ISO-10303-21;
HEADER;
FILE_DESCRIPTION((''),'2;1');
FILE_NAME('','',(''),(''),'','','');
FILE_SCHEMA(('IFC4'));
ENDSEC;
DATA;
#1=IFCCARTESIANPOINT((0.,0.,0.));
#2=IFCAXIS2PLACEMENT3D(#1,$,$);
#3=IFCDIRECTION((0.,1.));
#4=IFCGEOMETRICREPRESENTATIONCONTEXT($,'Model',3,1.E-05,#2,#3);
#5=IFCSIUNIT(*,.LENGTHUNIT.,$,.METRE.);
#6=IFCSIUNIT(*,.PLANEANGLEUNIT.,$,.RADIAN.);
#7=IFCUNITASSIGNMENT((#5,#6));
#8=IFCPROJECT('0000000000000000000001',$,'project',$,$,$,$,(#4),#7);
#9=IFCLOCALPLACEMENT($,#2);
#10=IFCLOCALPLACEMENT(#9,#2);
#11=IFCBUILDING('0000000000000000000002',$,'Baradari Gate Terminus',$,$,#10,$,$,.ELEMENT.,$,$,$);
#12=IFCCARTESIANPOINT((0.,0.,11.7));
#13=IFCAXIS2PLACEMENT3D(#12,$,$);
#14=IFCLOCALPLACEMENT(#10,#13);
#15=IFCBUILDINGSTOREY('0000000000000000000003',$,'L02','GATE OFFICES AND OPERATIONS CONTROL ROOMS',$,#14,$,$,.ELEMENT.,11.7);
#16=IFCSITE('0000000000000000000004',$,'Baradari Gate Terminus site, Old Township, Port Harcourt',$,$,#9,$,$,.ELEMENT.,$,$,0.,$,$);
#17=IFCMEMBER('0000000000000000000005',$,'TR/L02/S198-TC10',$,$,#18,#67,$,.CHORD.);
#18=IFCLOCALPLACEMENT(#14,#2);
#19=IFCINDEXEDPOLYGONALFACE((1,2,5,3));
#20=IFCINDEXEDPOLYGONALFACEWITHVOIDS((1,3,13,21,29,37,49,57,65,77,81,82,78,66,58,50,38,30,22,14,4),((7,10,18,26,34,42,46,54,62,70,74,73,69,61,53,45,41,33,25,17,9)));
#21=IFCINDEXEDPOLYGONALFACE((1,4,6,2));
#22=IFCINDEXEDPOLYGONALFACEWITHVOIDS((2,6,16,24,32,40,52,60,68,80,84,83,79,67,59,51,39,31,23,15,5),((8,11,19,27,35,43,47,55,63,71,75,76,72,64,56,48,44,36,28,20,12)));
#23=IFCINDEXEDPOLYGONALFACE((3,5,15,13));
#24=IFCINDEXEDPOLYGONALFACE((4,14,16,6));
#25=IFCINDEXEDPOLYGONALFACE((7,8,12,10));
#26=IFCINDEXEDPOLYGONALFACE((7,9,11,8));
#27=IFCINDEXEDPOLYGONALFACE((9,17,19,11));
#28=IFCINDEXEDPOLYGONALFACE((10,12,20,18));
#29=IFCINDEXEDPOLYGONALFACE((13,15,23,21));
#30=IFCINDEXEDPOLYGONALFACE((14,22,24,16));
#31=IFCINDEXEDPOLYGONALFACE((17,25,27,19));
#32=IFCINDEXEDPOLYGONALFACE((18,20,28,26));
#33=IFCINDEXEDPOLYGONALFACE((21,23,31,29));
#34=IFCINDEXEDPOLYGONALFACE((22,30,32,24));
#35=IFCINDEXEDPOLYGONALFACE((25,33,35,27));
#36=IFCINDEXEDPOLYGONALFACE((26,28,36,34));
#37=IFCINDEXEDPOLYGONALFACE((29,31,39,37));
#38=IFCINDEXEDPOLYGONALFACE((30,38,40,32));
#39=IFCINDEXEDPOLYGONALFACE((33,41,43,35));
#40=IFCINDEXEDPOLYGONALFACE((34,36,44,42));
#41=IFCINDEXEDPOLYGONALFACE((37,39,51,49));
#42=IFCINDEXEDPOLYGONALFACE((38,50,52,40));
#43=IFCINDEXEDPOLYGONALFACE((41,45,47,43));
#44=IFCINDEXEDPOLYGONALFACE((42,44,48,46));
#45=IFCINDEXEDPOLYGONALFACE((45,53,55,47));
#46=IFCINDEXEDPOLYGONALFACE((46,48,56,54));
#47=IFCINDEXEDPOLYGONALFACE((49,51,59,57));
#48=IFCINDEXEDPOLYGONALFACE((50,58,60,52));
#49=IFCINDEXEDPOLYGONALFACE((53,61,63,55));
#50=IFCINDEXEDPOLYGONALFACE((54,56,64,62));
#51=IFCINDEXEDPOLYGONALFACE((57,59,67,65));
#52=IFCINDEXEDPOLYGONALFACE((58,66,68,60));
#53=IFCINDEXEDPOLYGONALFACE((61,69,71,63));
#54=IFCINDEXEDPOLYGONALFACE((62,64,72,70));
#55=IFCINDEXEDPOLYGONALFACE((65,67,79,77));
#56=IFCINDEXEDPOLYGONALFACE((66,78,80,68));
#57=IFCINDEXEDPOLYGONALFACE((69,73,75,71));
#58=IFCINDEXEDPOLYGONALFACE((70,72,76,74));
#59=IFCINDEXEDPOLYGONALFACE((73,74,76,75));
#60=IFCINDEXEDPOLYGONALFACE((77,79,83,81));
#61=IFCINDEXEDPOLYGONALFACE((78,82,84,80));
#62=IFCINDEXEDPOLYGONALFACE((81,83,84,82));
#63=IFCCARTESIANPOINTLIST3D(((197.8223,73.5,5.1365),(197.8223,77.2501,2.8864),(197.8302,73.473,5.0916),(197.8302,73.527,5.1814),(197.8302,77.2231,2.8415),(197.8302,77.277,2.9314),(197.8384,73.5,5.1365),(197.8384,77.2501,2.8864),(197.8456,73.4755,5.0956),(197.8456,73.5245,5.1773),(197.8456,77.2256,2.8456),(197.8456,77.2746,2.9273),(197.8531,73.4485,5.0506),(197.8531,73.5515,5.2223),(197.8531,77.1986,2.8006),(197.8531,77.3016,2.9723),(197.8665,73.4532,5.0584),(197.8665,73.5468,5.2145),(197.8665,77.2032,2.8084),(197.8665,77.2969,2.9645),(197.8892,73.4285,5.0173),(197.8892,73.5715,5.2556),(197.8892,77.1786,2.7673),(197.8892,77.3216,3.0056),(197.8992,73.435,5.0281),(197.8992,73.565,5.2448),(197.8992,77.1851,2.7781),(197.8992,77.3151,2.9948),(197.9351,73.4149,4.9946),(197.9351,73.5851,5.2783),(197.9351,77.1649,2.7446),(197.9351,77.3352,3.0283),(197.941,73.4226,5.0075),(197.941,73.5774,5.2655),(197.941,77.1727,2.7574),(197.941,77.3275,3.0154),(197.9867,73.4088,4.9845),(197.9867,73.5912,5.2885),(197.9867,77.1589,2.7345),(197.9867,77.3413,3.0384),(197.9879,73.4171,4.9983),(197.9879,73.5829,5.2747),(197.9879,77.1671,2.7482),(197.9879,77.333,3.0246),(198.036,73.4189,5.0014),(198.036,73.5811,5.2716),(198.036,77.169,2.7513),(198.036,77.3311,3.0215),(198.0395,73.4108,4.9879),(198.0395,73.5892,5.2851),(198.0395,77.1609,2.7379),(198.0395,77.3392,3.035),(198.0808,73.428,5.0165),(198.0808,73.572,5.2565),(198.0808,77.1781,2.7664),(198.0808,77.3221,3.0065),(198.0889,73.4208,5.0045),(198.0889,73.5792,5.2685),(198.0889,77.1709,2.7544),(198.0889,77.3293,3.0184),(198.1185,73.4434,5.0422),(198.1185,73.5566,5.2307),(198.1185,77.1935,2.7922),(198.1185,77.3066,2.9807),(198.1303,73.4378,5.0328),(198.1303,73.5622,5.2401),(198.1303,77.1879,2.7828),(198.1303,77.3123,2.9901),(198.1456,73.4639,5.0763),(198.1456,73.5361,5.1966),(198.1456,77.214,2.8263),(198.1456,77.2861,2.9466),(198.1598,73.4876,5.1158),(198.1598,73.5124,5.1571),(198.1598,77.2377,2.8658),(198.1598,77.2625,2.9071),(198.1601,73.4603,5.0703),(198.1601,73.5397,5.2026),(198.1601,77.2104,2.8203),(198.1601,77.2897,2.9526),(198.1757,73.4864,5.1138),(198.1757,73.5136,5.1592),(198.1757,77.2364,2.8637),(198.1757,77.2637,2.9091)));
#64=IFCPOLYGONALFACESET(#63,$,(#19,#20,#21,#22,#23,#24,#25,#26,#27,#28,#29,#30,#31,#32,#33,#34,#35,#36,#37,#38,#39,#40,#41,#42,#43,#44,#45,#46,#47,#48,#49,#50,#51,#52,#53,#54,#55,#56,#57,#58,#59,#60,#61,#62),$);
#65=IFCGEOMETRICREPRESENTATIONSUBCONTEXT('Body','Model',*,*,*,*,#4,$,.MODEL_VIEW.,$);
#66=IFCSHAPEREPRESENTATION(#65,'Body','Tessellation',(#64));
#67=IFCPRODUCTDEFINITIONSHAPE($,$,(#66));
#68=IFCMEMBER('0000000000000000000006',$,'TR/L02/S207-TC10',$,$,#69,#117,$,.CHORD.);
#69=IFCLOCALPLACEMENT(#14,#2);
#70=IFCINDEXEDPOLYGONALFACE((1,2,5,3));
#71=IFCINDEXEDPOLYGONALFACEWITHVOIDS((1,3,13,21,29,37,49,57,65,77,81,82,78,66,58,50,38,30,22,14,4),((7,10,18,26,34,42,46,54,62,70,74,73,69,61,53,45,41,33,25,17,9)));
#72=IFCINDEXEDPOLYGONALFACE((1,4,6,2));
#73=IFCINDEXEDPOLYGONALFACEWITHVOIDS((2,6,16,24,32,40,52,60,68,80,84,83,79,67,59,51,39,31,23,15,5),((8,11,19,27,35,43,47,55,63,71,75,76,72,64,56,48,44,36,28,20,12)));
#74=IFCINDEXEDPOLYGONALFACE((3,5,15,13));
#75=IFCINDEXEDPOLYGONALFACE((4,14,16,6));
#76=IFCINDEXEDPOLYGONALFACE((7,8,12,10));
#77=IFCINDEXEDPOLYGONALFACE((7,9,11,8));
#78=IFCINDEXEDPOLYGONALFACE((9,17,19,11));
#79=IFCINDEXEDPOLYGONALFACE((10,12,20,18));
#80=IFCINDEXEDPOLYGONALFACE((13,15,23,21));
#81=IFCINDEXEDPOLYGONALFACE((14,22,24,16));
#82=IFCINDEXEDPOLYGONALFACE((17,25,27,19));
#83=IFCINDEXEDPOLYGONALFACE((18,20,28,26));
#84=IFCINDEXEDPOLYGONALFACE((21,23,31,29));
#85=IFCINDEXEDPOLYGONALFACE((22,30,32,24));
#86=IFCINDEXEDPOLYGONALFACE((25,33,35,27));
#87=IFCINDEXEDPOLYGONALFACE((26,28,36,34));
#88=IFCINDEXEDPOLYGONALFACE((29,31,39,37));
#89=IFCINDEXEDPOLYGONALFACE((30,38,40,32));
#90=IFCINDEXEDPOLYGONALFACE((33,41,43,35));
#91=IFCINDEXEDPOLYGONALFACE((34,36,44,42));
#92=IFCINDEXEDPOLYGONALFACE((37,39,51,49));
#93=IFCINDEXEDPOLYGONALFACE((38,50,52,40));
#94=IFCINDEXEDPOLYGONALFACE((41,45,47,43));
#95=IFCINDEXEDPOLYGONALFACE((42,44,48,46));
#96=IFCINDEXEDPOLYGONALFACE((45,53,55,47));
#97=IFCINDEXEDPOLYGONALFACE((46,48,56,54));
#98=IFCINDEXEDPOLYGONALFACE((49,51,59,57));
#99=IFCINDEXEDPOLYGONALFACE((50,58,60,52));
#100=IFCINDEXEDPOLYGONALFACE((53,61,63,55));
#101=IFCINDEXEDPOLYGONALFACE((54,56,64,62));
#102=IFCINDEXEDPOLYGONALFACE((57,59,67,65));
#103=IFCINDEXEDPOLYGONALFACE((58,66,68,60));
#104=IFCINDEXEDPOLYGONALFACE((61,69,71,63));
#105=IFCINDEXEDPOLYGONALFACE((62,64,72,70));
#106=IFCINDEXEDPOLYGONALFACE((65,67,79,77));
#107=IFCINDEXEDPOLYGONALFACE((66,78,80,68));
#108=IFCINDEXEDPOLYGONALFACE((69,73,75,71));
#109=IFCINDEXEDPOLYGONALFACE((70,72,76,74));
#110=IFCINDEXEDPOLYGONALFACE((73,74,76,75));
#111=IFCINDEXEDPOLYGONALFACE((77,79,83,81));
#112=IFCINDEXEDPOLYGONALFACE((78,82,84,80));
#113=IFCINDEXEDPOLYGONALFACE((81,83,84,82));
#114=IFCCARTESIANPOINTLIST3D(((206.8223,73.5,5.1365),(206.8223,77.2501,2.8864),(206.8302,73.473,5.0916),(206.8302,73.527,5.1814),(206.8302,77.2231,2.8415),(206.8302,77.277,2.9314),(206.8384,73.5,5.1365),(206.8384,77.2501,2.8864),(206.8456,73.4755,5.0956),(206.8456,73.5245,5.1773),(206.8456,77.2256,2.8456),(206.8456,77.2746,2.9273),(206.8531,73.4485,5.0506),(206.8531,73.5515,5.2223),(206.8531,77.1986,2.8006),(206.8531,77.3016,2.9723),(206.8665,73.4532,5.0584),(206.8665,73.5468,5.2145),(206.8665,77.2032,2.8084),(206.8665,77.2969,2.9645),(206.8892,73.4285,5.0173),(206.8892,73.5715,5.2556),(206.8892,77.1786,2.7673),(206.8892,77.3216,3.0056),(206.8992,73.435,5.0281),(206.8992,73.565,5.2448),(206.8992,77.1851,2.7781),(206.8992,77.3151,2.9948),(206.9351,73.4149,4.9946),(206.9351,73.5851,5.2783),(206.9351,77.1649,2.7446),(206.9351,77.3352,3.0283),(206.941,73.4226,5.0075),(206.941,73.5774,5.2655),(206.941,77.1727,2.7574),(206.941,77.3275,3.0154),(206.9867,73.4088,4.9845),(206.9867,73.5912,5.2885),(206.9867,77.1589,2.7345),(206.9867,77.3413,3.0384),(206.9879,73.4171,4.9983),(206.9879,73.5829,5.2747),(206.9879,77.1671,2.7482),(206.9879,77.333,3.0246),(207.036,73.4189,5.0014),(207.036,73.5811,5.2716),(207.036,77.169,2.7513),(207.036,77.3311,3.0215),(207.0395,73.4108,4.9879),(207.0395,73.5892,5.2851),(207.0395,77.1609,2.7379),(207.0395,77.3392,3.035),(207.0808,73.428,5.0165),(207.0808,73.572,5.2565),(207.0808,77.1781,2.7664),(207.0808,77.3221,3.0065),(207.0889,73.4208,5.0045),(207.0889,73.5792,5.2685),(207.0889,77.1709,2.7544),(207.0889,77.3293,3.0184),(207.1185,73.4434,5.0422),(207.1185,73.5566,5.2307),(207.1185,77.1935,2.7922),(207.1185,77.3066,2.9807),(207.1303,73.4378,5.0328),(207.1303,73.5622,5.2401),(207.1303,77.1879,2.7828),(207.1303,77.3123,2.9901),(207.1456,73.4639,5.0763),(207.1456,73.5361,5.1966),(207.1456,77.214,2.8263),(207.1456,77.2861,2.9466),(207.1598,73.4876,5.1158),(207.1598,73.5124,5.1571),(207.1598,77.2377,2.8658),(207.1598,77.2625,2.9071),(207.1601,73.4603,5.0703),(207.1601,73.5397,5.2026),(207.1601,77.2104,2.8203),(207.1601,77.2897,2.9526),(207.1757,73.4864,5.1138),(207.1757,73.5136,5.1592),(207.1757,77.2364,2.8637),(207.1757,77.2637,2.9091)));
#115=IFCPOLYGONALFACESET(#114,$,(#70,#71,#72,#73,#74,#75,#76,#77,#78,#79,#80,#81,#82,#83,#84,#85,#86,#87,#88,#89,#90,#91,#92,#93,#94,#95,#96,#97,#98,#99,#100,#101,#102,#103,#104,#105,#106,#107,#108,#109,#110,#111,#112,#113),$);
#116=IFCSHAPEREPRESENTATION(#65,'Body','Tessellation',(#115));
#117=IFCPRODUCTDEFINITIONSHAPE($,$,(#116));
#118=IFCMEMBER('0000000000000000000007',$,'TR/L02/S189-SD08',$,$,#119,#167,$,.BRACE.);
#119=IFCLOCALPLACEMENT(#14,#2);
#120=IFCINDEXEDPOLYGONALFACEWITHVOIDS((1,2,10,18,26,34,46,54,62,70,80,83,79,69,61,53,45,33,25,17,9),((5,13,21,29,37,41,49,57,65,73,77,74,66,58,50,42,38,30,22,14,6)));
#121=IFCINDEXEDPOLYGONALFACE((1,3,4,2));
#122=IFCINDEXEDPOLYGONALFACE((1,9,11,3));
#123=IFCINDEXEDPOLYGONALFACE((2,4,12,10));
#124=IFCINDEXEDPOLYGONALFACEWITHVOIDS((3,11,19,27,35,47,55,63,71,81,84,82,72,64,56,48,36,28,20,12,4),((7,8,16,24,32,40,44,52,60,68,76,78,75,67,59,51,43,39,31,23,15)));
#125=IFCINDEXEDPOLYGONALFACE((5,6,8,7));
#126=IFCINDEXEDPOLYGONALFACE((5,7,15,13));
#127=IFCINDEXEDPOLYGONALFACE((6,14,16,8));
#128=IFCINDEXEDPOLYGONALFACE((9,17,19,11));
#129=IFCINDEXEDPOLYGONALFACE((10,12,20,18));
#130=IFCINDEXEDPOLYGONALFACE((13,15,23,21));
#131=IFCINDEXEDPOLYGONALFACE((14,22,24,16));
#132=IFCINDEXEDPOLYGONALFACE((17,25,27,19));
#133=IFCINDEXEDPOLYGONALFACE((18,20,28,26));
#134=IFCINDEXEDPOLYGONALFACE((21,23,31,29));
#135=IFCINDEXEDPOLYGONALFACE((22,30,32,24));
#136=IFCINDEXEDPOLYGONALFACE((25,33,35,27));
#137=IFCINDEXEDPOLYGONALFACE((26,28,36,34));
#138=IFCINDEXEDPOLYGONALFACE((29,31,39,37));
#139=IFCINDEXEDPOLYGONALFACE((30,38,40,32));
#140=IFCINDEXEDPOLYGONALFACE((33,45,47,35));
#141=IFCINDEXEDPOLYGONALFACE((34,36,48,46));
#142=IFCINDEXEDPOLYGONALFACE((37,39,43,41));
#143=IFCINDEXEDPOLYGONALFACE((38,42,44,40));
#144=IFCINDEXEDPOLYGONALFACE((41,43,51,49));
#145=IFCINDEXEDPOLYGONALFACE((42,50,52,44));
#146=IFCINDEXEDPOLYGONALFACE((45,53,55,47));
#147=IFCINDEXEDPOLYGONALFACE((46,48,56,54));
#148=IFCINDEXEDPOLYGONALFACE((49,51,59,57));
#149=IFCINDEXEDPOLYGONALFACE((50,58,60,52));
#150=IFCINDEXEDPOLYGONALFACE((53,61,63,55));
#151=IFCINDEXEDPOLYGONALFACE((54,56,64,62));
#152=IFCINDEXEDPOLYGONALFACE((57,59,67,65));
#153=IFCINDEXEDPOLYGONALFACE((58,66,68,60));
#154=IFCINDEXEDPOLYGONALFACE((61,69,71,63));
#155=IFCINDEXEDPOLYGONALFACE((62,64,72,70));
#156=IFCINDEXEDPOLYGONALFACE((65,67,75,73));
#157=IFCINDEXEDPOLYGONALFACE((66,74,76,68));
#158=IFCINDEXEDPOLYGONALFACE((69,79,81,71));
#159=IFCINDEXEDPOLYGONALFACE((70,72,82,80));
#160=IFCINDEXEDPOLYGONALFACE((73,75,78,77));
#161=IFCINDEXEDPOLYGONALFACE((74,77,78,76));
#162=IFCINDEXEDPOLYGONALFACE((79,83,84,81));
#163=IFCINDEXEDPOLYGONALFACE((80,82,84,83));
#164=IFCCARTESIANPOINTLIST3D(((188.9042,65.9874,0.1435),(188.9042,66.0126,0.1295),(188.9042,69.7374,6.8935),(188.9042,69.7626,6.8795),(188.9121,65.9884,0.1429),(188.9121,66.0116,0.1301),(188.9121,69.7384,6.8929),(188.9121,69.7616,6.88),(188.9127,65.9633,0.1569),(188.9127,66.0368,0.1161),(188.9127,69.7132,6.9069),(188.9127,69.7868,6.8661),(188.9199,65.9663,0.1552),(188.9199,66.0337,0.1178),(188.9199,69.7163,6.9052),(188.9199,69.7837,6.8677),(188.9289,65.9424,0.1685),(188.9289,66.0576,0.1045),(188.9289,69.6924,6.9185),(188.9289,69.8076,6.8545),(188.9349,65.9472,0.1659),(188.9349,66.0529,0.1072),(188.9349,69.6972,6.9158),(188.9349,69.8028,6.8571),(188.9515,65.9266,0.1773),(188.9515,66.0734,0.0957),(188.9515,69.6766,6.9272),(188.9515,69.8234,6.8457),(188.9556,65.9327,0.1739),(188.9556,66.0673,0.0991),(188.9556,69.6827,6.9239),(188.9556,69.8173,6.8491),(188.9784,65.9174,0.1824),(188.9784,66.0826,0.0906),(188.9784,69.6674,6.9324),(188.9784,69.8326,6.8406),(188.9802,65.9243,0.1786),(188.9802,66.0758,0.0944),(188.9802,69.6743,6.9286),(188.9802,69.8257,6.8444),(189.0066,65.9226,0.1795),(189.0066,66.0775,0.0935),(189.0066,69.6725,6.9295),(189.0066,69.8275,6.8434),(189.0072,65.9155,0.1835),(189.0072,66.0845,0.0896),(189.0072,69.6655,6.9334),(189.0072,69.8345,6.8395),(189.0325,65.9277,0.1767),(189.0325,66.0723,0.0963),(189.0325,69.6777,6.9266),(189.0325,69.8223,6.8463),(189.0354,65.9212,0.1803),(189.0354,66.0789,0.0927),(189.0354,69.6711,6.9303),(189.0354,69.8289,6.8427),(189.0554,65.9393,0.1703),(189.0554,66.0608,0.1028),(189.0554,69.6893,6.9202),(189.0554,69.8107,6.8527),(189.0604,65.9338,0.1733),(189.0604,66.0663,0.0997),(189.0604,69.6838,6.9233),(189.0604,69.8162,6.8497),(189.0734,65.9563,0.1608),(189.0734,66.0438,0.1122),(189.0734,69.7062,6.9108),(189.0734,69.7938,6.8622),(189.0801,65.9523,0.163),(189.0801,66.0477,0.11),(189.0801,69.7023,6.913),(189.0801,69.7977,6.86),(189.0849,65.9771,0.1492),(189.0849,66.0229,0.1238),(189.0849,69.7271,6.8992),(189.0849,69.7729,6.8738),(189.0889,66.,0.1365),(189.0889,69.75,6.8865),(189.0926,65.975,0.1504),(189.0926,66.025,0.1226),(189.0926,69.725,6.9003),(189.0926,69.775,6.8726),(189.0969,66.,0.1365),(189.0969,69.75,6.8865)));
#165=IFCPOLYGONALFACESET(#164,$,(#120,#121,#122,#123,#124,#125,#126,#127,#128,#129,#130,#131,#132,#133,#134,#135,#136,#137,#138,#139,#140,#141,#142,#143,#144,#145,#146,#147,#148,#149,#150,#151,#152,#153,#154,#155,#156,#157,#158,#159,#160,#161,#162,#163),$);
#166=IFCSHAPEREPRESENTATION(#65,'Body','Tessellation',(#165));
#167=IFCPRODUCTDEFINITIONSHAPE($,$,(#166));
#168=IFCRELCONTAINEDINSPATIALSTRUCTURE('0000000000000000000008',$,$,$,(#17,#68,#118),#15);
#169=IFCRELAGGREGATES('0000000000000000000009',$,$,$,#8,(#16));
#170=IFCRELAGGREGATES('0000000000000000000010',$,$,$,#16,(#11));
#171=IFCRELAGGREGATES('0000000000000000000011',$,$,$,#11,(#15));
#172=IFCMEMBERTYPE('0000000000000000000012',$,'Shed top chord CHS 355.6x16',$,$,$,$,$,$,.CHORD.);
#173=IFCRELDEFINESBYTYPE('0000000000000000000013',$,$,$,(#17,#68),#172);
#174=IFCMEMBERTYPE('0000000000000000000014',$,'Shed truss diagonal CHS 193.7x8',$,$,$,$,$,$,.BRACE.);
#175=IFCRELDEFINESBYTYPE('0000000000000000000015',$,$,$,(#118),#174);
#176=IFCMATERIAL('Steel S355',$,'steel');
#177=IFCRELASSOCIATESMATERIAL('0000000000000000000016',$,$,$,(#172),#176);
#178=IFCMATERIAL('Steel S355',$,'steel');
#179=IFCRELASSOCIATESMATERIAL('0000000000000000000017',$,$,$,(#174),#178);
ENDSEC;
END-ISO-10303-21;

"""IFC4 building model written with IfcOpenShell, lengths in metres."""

from ifc_helpers import new_model, si_unit, direction, frame, origin, origin_2d, place, context, subcontext, project, spatial, hollow_circle, extrude, material, material_profile, profile_set, type_object, element, save


model = new_model("IFC4")

# Units and contexts
model_context = context("Model", 3, precision=1e-05, world=origin(), true_north=direction((0.0, 1.0)))
body_context = subcontext(model_context, "Body", "Model", "MODEL_VIEW")
ifc_project = project(units=[si_unit("LENGTHUNIT", "METRE"), si_unit("PLANEANGLEUNIT", "RADIAN")], contexts=[model_context])

# Site, building, storey
site_placement = place(None, origin())
site = spatial("IfcSite", under=ifc_project, at=site_placement, Name="Baradari Gate Terminus site, Old Township, Port Harcourt", CompositionType="ELEMENT", RefElevation=0.0)
building_placement = place(site_placement, origin())
building = spatial("IfcBuilding", under=site, at=building_placement, Name="Baradari Gate Terminus", CompositionType="ELEMENT")
storey_placement = place(building_placement, frame((0.0, 0.0, 11.7)))
storey = spatial("IfcBuildingStorey", under=building, at=storey_placement, Name="L02", Description="GATE OFFICES AND OPERATIONS CONTROL ROOMS", CompositionType="ELEMENT", Elevation=11.7)

# Members
ifc_material_1 = material(Name="Steel S355", Category="steel")
ifc_material_profile_1 = material_profile(ifc_material_1, hollow_circle(Radius=0.1777, WallThickness=0.0161, at=origin_2d()), Name="CHS 355.6x16")
ifc_profile_set_1 = profile_set([ifc_material_profile_1], Name="Steel S355")
member_type_1 = type_object("IfcMemberType", Name="Shed top chord CHS 355.6x16", PredefinedType="CHORD", material=ifc_profile_set_1)
for number, where, z_axis, x_axis, name in (
    (1, (198.0, 73.5, 5.1365), (0.0, 0.857493, -0.514496), (-1.0, 0.0, 0.0), "TR/L02/S198-TC10"),
    (2, (207.0, 73.5, 5.1365), (0.0, 0.857493, -0.514496), (-1.0, 0.0, 0.0), "TR/L02/S207-TC10"),
):
    element("IfcMember", number, at=place(storey_placement, frame(where, z_axis=z_axis, x_axis=x_axis)), inside=storey, type_object=member_type_1, Name=name, PredefinedType="CHORD", context=body_context, shape_type="SweptSolid", body=[
        extrude(hollow_circle(Radius=0.1777, WallThickness=0.0161, at=origin_2d()), origin(), (0.0, 0.0, 1.0), 4.3733),
    ])
ifc_material_2 = material(Name="Steel S355", Category="steel")
ifc_material_profile_2 = material_profile(ifc_material_2, hollow_circle(Radius=0.0969, WallThickness=0.0081, at=origin_2d()), Name="CHS 193.7x8")
ifc_profile_set_2 = profile_set([ifc_material_profile_2], Name="Steel S355")
member_type_2 = type_object("IfcMemberType", Name="Shed truss diagonal CHS 193.7x8", PredefinedType="BRACE", material=ifc_profile_set_2)
for number, where, z_axis, x_axis, name in (
    (3, (189.0, 69.75, 6.8865), (0.0, -0.485643, -0.874157), (1.0, 0.0, 0.0), "TR/L02/S189-SD08"),
):
    element("IfcMember", number, at=place(storey_placement, frame(where, z_axis=z_axis, x_axis=x_axis)), inside=storey, type_object=member_type_2, Name=name, PredefinedType="BRACE", context=body_context, shape_type="SweptSolid", body=[
        extrude(hollow_circle(Radius=0.0969, WallThickness=0.0081, at=origin_2d()), origin(), (0.0, 0.0, 1.0), 7.7217),
    ])

save(model, "model.ifc")
